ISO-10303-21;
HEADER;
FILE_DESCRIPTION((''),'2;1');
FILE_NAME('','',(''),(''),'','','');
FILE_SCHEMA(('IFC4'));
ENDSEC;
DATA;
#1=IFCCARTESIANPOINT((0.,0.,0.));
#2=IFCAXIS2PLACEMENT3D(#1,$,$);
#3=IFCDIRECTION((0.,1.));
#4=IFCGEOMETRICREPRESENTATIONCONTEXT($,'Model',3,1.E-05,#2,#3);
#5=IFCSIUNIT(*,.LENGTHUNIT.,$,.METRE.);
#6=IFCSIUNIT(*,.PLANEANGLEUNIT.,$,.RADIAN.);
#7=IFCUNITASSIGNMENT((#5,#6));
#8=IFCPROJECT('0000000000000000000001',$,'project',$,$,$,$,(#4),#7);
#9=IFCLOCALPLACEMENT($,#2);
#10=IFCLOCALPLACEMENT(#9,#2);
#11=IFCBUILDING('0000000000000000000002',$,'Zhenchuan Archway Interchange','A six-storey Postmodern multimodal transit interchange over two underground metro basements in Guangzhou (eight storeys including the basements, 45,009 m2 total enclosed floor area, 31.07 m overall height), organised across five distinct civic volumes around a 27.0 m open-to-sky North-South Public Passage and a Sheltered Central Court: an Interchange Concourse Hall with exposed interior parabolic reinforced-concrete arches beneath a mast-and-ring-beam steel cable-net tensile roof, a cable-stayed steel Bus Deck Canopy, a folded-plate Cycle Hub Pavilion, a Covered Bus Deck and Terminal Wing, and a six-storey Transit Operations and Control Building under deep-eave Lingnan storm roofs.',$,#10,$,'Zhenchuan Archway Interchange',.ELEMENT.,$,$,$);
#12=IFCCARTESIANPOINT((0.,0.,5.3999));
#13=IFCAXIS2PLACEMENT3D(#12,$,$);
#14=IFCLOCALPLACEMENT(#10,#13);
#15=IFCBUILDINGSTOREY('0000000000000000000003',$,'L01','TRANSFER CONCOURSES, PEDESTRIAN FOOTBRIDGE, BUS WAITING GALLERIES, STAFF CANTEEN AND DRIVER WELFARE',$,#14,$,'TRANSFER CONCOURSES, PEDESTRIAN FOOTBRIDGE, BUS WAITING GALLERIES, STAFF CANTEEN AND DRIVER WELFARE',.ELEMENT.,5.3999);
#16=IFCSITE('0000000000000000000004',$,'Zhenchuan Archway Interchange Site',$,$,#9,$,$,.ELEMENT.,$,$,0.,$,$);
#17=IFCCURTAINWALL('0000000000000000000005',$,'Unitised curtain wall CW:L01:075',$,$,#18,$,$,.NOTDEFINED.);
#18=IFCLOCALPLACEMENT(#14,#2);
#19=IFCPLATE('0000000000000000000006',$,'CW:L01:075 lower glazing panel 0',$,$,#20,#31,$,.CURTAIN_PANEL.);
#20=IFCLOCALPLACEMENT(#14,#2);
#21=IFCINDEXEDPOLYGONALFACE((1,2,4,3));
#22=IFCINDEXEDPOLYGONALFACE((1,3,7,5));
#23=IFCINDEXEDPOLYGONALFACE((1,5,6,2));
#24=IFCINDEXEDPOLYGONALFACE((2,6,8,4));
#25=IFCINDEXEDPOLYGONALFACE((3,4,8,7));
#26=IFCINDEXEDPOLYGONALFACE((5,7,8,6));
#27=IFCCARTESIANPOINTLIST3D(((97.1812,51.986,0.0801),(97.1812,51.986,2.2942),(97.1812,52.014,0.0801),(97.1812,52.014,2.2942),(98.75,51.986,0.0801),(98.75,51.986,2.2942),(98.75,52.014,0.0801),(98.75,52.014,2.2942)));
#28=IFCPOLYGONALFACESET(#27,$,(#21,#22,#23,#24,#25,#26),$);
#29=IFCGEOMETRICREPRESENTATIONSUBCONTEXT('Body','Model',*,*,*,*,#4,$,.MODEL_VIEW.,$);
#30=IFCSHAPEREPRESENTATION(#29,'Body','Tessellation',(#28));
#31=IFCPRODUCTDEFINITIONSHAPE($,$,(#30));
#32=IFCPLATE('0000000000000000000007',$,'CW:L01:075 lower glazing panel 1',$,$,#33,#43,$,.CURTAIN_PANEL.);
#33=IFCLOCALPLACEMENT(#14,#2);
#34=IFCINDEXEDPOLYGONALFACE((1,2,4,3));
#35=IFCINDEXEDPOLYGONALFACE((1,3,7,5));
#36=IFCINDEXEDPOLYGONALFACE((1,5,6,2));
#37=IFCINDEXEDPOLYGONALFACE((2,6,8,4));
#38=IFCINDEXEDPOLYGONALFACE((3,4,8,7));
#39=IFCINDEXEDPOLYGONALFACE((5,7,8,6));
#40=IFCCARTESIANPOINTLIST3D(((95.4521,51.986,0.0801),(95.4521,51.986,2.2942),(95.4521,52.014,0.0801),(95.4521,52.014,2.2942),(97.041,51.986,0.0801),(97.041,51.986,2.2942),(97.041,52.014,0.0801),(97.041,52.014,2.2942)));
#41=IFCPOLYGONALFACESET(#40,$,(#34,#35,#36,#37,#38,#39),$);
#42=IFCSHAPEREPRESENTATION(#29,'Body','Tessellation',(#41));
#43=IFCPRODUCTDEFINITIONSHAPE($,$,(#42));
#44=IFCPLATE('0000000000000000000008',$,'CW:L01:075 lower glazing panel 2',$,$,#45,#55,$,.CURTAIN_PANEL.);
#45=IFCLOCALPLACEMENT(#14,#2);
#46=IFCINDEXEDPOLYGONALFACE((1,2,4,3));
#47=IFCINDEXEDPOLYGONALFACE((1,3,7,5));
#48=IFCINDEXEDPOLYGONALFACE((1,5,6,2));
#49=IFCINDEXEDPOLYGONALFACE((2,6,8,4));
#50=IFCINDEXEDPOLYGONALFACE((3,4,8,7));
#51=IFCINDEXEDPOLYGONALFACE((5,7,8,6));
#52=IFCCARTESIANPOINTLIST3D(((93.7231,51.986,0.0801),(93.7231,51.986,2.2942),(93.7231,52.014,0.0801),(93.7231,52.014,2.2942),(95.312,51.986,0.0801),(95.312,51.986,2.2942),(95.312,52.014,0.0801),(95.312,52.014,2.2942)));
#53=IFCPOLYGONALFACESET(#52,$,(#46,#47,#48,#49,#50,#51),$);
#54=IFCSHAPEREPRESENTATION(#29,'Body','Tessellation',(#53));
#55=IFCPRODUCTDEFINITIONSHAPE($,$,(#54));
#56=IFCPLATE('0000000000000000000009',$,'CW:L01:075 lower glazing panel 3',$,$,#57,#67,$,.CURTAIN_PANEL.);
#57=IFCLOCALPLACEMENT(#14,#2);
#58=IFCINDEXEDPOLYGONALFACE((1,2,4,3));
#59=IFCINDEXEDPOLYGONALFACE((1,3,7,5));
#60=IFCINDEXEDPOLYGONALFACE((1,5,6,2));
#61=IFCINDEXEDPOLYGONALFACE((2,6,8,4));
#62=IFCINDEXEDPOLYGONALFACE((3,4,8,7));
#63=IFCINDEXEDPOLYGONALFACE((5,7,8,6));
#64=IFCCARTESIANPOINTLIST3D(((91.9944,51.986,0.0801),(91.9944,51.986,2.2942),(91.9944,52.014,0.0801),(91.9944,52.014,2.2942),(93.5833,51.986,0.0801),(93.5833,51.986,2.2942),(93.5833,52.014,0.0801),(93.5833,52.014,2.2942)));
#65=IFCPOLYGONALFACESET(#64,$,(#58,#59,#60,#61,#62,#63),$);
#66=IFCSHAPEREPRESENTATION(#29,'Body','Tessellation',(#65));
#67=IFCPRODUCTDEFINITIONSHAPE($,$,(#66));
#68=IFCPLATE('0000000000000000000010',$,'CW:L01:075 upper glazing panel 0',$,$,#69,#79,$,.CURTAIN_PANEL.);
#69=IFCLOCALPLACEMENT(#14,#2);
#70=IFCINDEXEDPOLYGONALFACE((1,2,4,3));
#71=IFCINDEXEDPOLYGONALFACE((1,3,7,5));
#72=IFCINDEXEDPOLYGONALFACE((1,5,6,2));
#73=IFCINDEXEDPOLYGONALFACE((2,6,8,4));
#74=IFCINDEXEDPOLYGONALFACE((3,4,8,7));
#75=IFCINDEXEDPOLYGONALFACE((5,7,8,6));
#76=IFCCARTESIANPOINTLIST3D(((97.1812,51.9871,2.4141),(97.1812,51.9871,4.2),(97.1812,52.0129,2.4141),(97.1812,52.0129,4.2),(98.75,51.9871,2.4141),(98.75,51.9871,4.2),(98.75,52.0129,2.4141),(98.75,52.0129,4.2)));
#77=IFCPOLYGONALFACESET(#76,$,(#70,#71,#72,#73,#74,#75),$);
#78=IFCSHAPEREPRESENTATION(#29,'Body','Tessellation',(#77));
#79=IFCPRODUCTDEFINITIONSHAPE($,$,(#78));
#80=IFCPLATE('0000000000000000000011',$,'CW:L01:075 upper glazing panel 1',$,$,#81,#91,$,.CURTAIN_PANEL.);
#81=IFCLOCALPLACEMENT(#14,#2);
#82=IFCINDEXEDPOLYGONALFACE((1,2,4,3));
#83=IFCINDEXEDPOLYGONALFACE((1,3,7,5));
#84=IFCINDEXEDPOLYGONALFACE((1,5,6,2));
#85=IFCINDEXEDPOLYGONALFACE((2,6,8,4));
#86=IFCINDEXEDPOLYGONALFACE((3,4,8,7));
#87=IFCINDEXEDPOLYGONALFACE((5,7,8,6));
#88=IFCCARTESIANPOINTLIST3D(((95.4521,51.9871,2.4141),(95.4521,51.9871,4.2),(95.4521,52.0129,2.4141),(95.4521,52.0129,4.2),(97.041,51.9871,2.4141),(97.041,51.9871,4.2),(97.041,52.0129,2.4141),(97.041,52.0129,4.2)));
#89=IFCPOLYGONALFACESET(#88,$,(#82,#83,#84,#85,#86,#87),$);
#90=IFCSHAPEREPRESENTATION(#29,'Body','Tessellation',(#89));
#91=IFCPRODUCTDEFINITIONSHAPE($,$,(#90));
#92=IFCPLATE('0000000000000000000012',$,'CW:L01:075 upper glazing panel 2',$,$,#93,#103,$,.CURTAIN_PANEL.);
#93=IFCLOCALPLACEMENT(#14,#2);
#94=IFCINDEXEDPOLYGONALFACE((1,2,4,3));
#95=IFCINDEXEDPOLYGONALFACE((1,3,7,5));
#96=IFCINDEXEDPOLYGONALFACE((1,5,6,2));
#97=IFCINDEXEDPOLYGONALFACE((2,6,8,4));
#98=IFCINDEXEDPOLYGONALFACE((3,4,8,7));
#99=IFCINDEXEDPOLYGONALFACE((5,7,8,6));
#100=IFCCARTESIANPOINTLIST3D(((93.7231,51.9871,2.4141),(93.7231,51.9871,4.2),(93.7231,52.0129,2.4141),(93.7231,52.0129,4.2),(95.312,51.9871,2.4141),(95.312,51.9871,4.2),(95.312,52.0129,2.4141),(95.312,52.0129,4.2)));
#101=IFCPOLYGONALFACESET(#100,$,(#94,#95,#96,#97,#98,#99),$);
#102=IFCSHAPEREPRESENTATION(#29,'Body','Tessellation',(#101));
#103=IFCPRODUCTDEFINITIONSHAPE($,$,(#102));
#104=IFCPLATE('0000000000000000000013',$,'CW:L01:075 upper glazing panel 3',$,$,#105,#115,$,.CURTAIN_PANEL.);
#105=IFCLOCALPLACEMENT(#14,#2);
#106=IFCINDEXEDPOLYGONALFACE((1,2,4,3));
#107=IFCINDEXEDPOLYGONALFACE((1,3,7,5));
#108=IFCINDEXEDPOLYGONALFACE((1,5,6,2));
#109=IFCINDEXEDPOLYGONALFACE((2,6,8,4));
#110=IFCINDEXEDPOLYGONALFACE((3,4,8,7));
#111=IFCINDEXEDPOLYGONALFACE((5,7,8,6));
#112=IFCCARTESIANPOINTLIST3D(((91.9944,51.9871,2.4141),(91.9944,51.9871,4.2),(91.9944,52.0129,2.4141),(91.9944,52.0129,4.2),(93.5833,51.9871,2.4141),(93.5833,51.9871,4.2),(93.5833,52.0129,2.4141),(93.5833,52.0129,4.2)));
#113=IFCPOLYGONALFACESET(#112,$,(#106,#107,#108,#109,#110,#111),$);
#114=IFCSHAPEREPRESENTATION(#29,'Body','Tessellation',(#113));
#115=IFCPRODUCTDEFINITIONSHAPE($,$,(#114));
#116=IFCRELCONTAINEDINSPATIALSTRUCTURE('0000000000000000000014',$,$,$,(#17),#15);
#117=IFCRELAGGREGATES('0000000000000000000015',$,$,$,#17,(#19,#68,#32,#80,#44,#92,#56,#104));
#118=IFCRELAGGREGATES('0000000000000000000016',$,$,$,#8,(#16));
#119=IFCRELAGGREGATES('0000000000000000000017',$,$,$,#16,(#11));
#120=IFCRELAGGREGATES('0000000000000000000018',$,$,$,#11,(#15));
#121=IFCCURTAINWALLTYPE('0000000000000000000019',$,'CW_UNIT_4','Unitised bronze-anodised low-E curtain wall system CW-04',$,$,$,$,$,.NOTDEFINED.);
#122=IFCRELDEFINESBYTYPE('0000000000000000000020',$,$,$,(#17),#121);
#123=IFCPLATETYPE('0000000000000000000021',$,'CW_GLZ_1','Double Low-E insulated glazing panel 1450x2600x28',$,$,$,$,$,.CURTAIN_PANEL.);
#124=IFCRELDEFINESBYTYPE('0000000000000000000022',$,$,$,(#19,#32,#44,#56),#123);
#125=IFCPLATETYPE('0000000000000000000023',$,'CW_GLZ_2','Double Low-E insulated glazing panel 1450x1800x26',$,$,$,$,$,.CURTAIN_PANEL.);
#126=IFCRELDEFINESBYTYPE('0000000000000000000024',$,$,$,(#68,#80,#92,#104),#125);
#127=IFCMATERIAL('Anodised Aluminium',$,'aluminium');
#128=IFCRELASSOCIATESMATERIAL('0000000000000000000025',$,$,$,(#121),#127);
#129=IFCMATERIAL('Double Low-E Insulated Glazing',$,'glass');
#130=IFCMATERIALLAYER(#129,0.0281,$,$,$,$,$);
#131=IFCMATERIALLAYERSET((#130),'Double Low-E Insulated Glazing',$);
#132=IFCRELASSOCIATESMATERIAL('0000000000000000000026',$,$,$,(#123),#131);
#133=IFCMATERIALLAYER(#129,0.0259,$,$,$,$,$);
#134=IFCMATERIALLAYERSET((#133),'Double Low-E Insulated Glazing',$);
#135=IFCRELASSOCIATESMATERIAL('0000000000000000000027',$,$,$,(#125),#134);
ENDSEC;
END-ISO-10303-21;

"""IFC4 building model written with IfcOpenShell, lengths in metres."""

from ifc_helpers import new_model, si_unit, direction, frame, origin, origin_2d, place, context, subcontext, project, spatial, rectangle, extrude, material, layer, layer_set, type_object, element, aggregate, save


model = new_model("IFC4")

# Units and contexts
model_context = context("Model", 3, precision=1e-05, world=origin(), true_north=direction((0.0, 1.0)))
body_context = subcontext(model_context, "Body", "Model", "MODEL_VIEW")
ifc_project = project(units=[si_unit("LENGTHUNIT", "METRE"), si_unit("PLANEANGLEUNIT", "RADIAN")], contexts=[model_context])

# Site, building, storey
site_placement = place(None, origin())
site = spatial("IfcSite", under=ifc_project, at=site_placement, Name="Zhenchuan Archway Interchange Site", CompositionType="ELEMENT", RefElevation=0.0)
building_placement = place(site_placement, origin())
building = spatial("IfcBuilding", under=site, at=building_placement, Name="Zhenchuan Archway Interchange", Description="A six-storey Postmodern multimodal transit interchange over two underground metro basements in Guangzhou (eight storeys including the basements, 45,009 m2 total enclosed floor area, 31.07 m overall height), organised across five distinct civic volumes around a 27.0 m open-to-sky North-South Public Passage and a Sheltered Central Court: an Interchange Concourse Hall with exposed interior parabolic reinforced-concrete arches beneath a mast-and-ring-beam steel cable-net tensile roof, a cable-stayed steel Bus Deck Canopy, a folded-plate Cycle Hub Pavilion, a Covered Bus Deck and Terminal Wing, and a six-storey Transit Operations and Control Building under deep-eave Lingnan storm roofs.", LongName="Zhenchuan Archway Interchange", CompositionType="ELEMENT")
storey_placement = place(building_placement, frame((0.0, 0.0, 5.3999)))
storey = spatial("IfcBuildingStorey", under=building, at=storey_placement, Name="L01", Description="TRANSFER CONCOURSES, PEDESTRIAN FOOTBRIDGE, BUS WAITING GALLERIES, STAFF CANTEEN AND DRIVER WELFARE", LongName="TRANSFER CONCOURSES, PEDESTRIAN FOOTBRIDGE, BUS WAITING GALLERIES, STAFF CANTEEN AND DRIVER WELFARE", CompositionType="ELEMENT", Elevation=5.3999)

# Curtain wall
ifc_material_1 = material(Name="Anodised Aluminium", Category="aluminium")
curtain_wall_type = type_object("IfcCurtainWallType", Name="CW_UNIT_4", Description="Unitised bronze-anodised low-E curtain wall system CW-04", PredefinedType="NOTDEFINED", material=ifc_material_1)
curtain_wall_placement = place(storey_placement, origin())
curtain_wall = element("IfcCurtainWall", 1, at=curtain_wall_placement, inside=storey, type_object=curtain_wall_type, Name="Unitised curtain wall CW:L01:075", PredefinedType="NOTDEFINED")

# Plates
ifc_material_2 = material(Name="Double Low-E Insulated Glazing", Category="glass")
ifc_layer_1 = layer(ifc_material_2, 0.0281)
ifc_layer_set_1 = layer_set([ifc_layer_1], Name="Double Low-E Insulated Glazing")
plate_type_1 = type_object("IfcPlateType", Name="CW_GLZ_1", Description="Double Low-E insulated glazing panel 1450x2600x28", PredefinedType="CURTAIN_PANEL", material=ifc_layer_set_1)
plate_1_placement = place(storey_placement, frame((97.9656, 52.0, 0.0801), z_axis=(0.0, 0.0, 1.0), x_axis=(-1.0, 0.0, 0.0)))
plate_1 = element("IfcPlate", 2, at=plate_1_placement, type_object=plate_type_1, Name="CW:L01:075 lower glazing panel 0", PredefinedType="CURTAIN_PANEL", context=body_context, shape_type="SweptSolid", body=[
    extrude(rectangle(XDim=1.5688, YDim=0.0281, at=origin_2d()), origin(), (0.0, 0.0, 1.0), 2.2141),
])
plate_2_placement = place(storey_placement, frame((96.2466, 52.0, 0.0801), z_axis=(0.0, 0.0, 1.0), x_axis=(-1.0, 0.0, 0.0)))
plate_2 = element("IfcPlate", 3, at=plate_2_placement, type_object=plate_type_1, Name="CW:L01:075 lower glazing panel 1", PredefinedType="CURTAIN_PANEL", context=body_context, shape_type="SweptSolid", body=[
    extrude(rectangle(XDim=1.5889, YDim=0.0281, at=origin_2d()), origin(), (0.0, 0.0, 1.0), 2.2141),
])
plate_3_placement = place(storey_placement, frame((94.5176, 52.0, 0.0801), z_axis=(0.0, 0.0, 1.0), x_axis=(-1.0, 0.0, 0.0)))
plate_3 = element("IfcPlate", 4, at=plate_3_placement, type_object=plate_type_1, Name="CW:L01:075 lower glazing panel 2", PredefinedType="CURTAIN_PANEL", context=body_context, shape_type="SweptSolid", body=[
    extrude(rectangle(XDim=1.5889, YDim=0.0281, at=origin_2d()), origin(), (0.0, 0.0, 1.0), 2.2141),
])
plate_4_placement = place(storey_placement, frame((92.7888, 52.0, 0.0801), z_axis=(0.0, 0.0, 1.0), x_axis=(-1.0, 0.0, 0.0)))
plate_4 = element("IfcPlate", 5, at=plate_4_placement, type_object=plate_type_1, Name="CW:L01:075 lower glazing panel 3", PredefinedType="CURTAIN_PANEL", context=body_context, shape_type="SweptSolid", body=[
    extrude(rectangle(XDim=1.5889, YDim=0.0281, at=origin_2d()), origin(), (0.0, 0.0, 1.0), 2.2141),
])
ifc_layer_2 = layer(ifc_material_2, 0.0259)
ifc_layer_set_2 = layer_set([ifc_layer_2], Name="Double Low-E Insulated Glazing")
plate_type_2 = type_object("IfcPlateType", Name="CW_GLZ_2", Description="Double Low-E insulated glazing panel 1450x1800x26", PredefinedType="CURTAIN_PANEL", material=ifc_layer_set_2)
plate_5_placement = place(storey_placement, frame((97.9656, 52.0, 2.4141), z_axis=(0.0, 0.0, 1.0), x_axis=(-1.0, 0.0, 0.0)))
plate_5 = element("IfcPlate", 6, at=plate_5_placement, type_object=plate_type_2, Name="CW:L01:075 upper glazing panel 0", PredefinedType="CURTAIN_PANEL", context=body_context, shape_type="SweptSolid", body=[
    extrude(rectangle(XDim=1.5688, YDim=0.0259, at=origin_2d()), origin(), (0.0, 0.0, 1.0), 1.7859),
])
plate_6_placement = place(storey_placement, frame((96.2466, 52.0, 2.4141), z_axis=(0.0, 0.0, 1.0), x_axis=(-1.0, 0.0, 0.0)))
plate_6 = element("IfcPlate", 7, at=plate_6_placement, type_object=plate_type_2, Name="CW:L01:075 upper glazing panel 1", PredefinedType="CURTAIN_PANEL", context=body_context, shape_type="SweptSolid", body=[
    extrude(rectangle(XDim=1.5889, YDim=0.0259, at=origin_2d()), origin(), (0.0, 0.0, 1.0), 1.7859),
])
plate_7_placement = place(storey_placement, frame((94.5176, 52.0, 2.4141), z_axis=(0.0, 0.0, 1.0), x_axis=(-1.0, 0.0, 0.0)))
plate_7 = element("IfcPlate", 8, at=plate_7_placement, type_object=plate_type_2, Name="CW:L01:075 upper glazing panel 2", PredefinedType="CURTAIN_PANEL", context=body_context, shape_type="SweptSolid", body=[
    extrude(rectangle(XDim=1.5889, YDim=0.0259, at=origin_2d()), origin(), (0.0, 0.0, 1.0), 1.7859),
])
plate_8_placement = place(storey_placement, frame((92.7888, 52.0, 2.4141), z_axis=(0.0, 0.0, 1.0), x_axis=(-1.0, 0.0, 0.0)))
plate_8 = element("IfcPlate", 9, at=plate_8_placement, type_object=plate_type_2, Name="CW:L01:075 upper glazing panel 3", PredefinedType="CURTAIN_PANEL", context=body_context, shape_type="SweptSolid", body=[
    extrude(rectangle(XDim=1.5889, YDim=0.0259, at=origin_2d()), origin(), (0.0, 0.0, 1.0), 1.7859),
])
aggregate(curtain_wall, [plate_1, plate_5, plate_2, plate_6, plate_3, plate_7, plate_4, plate_8])

save(model, "model.ifc")
